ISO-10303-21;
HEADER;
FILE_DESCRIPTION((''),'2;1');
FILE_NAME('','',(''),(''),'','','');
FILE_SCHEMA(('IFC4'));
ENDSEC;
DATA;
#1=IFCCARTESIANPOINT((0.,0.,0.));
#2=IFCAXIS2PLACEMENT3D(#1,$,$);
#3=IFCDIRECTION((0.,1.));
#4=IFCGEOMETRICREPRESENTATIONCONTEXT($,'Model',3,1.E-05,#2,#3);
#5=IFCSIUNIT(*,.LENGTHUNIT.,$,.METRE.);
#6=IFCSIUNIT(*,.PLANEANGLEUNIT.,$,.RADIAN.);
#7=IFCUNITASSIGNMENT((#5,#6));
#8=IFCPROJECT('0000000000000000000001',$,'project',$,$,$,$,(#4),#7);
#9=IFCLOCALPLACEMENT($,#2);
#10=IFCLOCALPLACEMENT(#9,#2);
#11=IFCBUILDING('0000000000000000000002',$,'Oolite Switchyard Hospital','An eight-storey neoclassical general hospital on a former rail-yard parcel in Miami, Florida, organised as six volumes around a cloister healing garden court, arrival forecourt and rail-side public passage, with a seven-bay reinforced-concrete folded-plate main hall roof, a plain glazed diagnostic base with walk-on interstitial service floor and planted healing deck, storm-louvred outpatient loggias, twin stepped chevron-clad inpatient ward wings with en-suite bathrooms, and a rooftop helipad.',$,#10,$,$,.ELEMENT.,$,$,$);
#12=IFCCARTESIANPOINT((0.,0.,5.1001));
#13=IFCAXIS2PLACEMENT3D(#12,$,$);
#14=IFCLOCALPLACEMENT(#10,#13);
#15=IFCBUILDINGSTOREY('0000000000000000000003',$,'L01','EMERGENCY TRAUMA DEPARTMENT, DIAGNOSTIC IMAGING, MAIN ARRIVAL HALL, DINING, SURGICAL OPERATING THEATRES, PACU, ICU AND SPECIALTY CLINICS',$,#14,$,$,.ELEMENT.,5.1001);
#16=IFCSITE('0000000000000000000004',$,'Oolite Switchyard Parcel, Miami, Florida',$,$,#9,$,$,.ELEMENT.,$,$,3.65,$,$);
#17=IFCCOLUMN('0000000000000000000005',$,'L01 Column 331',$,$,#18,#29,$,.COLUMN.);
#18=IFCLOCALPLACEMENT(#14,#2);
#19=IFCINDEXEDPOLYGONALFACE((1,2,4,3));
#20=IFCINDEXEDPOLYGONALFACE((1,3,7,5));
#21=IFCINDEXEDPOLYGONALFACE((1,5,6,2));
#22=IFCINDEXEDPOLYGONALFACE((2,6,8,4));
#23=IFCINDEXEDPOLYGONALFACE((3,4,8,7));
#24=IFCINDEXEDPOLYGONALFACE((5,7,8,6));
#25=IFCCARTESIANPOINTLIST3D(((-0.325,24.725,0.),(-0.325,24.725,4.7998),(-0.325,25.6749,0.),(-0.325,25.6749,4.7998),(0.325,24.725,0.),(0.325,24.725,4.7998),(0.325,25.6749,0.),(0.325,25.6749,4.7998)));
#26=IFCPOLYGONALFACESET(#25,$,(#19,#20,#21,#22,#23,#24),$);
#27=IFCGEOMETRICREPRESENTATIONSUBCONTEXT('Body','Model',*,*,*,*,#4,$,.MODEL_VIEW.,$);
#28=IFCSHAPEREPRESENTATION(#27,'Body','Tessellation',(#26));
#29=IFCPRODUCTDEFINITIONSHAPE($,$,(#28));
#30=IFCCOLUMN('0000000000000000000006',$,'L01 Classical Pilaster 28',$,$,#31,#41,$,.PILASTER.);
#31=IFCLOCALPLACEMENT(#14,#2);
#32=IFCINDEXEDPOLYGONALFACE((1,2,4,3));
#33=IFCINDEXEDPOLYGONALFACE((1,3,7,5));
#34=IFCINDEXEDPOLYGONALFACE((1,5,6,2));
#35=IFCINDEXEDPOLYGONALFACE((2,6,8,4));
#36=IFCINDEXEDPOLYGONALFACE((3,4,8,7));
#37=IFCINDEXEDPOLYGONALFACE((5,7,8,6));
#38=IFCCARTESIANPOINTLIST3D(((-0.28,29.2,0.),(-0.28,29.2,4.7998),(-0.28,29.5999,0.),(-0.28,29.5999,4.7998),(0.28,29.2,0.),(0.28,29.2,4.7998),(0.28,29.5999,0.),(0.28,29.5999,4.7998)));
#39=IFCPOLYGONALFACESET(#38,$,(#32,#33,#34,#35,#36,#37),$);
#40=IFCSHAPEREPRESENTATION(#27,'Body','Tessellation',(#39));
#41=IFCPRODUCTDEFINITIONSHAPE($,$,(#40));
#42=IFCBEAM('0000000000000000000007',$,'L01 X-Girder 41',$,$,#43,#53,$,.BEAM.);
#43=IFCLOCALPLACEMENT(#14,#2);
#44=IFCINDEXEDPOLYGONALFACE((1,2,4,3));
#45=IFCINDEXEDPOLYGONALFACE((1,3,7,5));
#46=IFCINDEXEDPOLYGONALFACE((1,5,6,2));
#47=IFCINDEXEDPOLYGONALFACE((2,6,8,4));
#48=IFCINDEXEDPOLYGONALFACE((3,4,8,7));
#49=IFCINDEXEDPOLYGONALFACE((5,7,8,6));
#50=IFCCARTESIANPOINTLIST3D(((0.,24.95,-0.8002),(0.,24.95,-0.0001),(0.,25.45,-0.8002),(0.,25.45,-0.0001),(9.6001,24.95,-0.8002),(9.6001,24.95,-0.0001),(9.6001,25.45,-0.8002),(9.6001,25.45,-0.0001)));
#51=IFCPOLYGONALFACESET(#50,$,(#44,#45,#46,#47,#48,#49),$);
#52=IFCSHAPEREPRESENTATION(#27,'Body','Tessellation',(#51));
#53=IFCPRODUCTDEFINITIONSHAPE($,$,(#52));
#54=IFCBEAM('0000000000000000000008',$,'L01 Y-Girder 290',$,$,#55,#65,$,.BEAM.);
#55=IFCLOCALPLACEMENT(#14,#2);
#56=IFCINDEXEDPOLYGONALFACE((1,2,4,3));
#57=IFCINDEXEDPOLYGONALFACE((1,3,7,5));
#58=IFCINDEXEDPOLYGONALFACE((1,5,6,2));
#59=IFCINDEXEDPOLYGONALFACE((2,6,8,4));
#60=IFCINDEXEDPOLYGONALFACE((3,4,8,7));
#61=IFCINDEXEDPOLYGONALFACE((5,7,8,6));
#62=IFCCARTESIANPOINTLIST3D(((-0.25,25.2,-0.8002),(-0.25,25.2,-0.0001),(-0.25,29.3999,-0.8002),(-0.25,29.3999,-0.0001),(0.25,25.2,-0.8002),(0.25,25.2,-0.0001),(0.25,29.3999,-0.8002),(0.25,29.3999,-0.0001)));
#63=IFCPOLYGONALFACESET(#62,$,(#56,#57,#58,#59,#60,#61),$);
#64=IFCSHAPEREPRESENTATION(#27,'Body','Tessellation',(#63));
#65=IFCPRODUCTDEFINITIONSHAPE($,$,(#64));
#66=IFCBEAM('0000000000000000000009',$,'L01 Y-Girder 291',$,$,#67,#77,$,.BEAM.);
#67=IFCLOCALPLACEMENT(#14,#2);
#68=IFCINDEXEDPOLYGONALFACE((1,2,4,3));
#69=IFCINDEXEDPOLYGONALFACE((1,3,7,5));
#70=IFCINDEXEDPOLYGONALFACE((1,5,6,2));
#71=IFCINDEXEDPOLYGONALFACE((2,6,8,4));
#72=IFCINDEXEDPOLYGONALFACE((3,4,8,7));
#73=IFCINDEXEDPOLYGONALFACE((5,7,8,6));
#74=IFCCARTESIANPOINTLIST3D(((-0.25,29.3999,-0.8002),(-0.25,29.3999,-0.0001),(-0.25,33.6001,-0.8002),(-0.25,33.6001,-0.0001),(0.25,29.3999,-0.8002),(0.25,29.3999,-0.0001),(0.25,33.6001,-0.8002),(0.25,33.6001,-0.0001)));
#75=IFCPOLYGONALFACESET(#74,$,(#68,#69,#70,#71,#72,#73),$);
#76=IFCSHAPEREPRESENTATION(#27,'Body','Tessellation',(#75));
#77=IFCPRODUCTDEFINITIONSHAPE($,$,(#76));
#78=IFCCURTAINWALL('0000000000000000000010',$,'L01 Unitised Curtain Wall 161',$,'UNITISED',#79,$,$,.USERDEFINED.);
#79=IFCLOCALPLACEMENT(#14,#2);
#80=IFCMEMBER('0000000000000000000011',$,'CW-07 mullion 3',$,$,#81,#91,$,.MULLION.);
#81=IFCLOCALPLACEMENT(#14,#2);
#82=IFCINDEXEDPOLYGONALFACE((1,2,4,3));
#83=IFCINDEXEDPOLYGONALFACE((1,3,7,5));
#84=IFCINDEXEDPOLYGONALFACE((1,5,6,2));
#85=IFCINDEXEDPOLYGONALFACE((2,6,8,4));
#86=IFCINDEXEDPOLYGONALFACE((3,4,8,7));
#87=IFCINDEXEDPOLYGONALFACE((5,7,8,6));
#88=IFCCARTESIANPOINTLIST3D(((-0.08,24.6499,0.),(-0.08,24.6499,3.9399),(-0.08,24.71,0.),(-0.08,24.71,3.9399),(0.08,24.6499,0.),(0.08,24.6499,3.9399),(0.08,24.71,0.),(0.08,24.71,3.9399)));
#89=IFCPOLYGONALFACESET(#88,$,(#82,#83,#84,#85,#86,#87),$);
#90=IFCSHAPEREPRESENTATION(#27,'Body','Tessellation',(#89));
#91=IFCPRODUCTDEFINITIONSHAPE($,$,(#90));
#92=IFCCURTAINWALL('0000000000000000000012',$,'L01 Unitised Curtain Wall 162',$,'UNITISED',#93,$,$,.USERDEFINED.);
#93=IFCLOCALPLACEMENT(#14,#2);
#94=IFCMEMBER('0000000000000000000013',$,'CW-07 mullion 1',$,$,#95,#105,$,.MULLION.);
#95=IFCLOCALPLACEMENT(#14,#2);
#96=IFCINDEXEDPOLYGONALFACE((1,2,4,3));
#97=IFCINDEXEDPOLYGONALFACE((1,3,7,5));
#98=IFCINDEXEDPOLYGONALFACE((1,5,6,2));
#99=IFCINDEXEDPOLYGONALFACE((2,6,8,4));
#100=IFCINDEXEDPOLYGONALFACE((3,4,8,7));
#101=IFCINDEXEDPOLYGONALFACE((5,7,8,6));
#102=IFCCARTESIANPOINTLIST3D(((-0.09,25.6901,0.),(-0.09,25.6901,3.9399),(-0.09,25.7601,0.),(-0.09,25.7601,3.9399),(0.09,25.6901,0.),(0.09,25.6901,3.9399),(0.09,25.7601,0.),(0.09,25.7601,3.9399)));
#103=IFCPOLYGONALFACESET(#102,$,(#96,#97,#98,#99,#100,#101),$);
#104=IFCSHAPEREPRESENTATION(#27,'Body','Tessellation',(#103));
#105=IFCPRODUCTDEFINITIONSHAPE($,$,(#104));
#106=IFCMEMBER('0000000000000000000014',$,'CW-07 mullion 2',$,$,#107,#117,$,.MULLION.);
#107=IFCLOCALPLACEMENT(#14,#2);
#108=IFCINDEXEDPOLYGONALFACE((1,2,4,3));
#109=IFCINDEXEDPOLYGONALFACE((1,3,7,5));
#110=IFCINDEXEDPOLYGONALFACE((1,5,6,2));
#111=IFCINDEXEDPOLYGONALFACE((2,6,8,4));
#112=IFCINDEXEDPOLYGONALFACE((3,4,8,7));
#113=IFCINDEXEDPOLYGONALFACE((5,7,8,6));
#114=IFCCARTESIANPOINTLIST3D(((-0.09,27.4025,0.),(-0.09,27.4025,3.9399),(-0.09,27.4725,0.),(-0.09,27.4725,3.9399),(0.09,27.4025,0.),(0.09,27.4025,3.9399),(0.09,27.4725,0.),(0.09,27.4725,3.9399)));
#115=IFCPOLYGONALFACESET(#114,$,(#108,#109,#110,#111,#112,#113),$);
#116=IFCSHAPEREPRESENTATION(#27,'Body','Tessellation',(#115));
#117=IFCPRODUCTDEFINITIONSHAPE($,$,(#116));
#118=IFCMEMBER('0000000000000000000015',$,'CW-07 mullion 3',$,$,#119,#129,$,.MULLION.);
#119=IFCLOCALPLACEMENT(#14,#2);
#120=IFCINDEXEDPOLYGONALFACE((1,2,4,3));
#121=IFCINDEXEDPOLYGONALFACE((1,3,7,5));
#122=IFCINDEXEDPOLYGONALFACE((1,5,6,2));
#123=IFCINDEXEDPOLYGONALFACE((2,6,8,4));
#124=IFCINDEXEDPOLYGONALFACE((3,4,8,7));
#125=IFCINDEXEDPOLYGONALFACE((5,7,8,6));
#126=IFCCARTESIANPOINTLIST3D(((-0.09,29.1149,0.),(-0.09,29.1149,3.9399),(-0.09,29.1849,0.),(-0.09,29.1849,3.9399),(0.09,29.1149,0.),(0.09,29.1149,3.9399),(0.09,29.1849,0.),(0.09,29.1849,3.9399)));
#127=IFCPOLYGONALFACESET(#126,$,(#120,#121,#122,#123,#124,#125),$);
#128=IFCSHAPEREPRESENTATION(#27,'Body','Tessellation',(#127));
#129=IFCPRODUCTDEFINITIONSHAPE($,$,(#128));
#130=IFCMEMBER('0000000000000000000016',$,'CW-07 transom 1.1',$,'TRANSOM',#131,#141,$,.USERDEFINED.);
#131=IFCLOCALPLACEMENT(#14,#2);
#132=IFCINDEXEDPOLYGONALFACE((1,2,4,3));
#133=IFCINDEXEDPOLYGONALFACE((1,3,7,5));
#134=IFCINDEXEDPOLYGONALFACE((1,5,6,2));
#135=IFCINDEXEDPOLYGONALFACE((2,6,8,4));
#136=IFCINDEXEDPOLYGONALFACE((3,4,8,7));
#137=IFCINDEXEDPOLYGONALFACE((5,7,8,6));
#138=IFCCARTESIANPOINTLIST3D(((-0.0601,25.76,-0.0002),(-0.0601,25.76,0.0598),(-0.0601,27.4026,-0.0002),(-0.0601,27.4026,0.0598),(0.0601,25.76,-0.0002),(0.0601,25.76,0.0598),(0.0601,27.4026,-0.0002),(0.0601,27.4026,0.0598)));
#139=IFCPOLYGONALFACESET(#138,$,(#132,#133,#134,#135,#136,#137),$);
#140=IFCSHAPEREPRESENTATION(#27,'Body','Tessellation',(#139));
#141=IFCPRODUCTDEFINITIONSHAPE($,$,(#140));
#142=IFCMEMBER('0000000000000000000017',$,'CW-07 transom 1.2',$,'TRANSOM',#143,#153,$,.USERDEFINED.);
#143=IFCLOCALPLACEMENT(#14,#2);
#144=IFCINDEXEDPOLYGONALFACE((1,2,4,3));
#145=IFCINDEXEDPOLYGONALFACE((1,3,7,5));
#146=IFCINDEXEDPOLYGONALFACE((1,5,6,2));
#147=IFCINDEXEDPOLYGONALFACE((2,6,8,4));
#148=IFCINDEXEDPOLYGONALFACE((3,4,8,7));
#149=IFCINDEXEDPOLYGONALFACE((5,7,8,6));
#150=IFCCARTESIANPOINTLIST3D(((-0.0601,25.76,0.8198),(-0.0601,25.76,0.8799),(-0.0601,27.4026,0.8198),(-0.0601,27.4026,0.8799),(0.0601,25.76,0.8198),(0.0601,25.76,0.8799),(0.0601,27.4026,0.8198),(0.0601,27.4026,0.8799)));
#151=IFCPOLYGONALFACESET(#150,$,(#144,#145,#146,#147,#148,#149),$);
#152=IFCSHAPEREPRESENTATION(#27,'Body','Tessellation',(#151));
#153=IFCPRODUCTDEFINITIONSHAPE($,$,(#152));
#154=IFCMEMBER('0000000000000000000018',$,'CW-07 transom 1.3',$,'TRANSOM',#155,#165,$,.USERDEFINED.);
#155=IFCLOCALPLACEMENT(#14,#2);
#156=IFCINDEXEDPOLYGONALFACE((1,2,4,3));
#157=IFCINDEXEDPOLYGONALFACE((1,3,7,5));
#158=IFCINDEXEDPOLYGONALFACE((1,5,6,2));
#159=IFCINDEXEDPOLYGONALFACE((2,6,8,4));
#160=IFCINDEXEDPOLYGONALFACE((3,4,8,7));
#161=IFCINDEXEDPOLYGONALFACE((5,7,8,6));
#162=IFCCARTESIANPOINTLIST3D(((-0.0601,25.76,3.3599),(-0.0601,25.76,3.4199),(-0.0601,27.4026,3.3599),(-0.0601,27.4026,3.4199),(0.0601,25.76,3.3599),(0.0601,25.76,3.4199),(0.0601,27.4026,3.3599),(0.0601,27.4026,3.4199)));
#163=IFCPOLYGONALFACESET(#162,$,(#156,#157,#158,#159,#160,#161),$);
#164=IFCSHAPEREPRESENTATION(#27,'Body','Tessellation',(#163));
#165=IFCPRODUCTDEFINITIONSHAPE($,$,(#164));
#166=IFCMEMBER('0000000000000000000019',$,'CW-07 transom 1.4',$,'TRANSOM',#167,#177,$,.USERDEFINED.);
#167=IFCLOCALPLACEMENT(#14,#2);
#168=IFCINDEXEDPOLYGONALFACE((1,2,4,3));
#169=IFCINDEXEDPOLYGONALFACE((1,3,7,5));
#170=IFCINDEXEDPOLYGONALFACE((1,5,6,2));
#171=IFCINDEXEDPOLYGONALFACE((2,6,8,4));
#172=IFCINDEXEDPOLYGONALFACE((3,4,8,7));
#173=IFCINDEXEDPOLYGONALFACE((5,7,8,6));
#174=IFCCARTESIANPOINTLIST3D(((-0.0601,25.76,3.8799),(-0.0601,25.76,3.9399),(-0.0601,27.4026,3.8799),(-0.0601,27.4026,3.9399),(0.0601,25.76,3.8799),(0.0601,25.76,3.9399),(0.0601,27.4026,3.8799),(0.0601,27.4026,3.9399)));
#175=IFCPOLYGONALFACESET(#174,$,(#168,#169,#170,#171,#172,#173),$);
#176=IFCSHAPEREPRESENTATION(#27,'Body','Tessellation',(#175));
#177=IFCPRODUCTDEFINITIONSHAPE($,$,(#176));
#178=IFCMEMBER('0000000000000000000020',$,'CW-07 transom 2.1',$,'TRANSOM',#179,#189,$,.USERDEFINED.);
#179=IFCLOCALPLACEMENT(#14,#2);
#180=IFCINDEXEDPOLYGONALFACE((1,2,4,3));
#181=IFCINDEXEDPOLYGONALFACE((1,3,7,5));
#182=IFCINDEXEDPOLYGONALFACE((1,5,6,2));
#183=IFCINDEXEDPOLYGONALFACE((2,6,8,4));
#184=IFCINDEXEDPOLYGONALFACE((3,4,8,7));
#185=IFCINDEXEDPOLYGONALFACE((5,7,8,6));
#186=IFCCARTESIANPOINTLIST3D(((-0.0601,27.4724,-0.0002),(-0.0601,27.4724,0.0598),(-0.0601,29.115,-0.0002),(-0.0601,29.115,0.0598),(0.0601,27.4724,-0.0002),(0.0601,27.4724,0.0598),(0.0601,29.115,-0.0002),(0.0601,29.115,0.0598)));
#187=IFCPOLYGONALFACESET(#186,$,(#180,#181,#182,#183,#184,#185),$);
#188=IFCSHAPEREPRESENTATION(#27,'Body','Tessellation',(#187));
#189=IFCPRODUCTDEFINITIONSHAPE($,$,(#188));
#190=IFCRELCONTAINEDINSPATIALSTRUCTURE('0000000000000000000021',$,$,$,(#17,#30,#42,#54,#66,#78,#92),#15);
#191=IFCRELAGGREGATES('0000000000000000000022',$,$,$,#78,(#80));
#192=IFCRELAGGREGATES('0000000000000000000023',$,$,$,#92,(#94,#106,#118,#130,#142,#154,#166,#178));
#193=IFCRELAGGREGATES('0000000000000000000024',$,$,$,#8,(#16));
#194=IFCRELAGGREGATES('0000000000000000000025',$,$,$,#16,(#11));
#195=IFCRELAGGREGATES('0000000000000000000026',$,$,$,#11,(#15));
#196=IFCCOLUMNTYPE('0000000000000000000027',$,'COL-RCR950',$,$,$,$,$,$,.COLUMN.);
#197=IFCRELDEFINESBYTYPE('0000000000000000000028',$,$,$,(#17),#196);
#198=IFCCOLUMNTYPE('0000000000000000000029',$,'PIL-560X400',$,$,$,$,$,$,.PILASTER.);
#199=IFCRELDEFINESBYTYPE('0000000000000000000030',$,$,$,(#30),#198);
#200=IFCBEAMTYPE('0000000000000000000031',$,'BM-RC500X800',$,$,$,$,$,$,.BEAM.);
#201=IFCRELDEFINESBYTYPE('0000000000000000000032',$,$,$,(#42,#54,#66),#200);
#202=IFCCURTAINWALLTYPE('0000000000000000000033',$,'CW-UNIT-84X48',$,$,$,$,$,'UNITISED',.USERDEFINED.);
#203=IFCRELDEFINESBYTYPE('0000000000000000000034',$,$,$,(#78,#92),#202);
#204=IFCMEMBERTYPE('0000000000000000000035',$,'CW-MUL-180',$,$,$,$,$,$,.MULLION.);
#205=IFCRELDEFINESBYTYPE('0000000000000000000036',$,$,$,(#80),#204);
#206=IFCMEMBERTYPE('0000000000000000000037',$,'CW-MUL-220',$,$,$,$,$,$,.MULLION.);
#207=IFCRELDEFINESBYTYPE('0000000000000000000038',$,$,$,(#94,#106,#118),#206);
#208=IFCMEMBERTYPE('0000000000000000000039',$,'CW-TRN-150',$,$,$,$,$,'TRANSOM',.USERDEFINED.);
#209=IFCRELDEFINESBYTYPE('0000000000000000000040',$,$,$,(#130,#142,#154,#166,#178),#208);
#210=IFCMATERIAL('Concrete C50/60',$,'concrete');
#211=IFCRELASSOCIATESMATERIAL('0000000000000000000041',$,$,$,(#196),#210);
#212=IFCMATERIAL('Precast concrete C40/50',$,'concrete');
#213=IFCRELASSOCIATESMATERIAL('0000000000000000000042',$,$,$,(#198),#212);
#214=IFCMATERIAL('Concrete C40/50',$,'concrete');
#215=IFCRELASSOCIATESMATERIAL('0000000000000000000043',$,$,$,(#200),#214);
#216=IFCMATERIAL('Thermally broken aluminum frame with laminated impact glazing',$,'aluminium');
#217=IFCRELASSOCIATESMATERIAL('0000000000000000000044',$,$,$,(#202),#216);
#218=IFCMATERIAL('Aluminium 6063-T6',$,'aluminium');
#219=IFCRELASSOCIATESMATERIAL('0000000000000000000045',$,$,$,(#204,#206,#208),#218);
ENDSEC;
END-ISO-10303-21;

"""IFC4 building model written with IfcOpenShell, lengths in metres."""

from ifc_helpers import new_model, si_unit, direction, frame, origin, origin_2d, place, context, subcontext, project, spatial, rectangle, extrude, material, material_profile, profile_set, type_object, element, aggregate, save


model = new_model("IFC4")

# Units and contexts
model_context = context("Model", 3, precision=1e-05, world=origin(), true_north=direction((0.0, 1.0)))
body_context = subcontext(model_context, "Body", "Model", "MODEL_VIEW")
ifc_project = project(units=[si_unit("LENGTHUNIT", "METRE"), si_unit("PLANEANGLEUNIT", "RADIAN")], contexts=[model_context])

# Site, building, storey
site_placement = place(None, origin())
site = spatial("IfcSite", under=ifc_project, at=site_placement, Name="Oolite Switchyard Parcel, Miami, Florida", CompositionType="ELEMENT", RefElevation=3.65)
building_placement = place(site_placement, origin())
building = spatial("IfcBuilding", under=site, at=building_placement, Name="Oolite Switchyard Hospital", Description="An eight-storey neoclassical general hospital on a former rail-yard parcel in Miami, Florida, organised as six volumes around a cloister healing garden court, arrival forecourt and rail-side public passage, with a seven-bay reinforced-concrete folded-plate main hall roof, a plain glazed diagnostic base with walk-on interstitial service floor and planted healing deck, storm-louvred outpatient loggias, twin stepped chevron-clad inpatient ward wings with en-suite bathrooms, and a rooftop helipad.", CompositionType="ELEMENT")
storey_placement = place(building_placement, frame((0.0, 0.0, 5.1001)))
storey = spatial("IfcBuildingStorey", under=building, at=storey_placement, Name="L01", Description="EMERGENCY TRAUMA DEPARTMENT, DIAGNOSTIC IMAGING, MAIN ARRIVAL HALL, DINING, SURGICAL OPERATING THEATRES, PACU, ICU AND SPECIALTY CLINICS", CompositionType="ELEMENT", Elevation=5.1001)

# Columns
ifc_material_1 = material(Name="Concrete C50/60", Category="concrete")
ifc_material_profile_1 = material_profile(ifc_material_1, rectangle(XDim=0.95, YDim=0.6499, at=origin_2d()), Name="RC950X650")
ifc_profile_set_1 = profile_set([ifc_material_profile_1], Name="Concrete C50/60")
column_type_1 = type_object("IfcColumnType", Name="COL-RCR950", PredefinedType="COLUMN", material=ifc_profile_set_1)
column_1_placement = place(storey_placement, frame((0.0, 25.2, 0.0), z_axis=(0.0, 0.0, 1.0), x_axis=(0.0, 1.0, 0.0)))
element("IfcColumn", 1, at=column_1_placement, inside=storey, type_object=column_type_1, Name="L01 Column 331", PredefinedType="COLUMN", context=body_context, shape_type="SweptSolid", body=[
    extrude(rectangle(XDim=0.95, YDim=0.6499, at=origin_2d()), origin(), (0.0, 0.0, 1.0), 4.7998),
])
ifc_material_2 = material(Name="Precast concrete C40/50", Category="concrete")
ifc_material_profile_2 = material_profile(ifc_material_2, rectangle(XDim=0.5601, YDim=0.3999, at=origin_2d()), Name="PIL560X400")
ifc_profile_set_2 = profile_set([ifc_material_profile_2], Name="Precast concrete C40/50")
column_type_2 = type_object("IfcColumnType", Name="PIL-560X400", PredefinedType="PILASTER", material=ifc_profile_set_2)
column_2_placement = place(storey_placement, frame((0.0, 29.3999, 0.0), z_axis=(0.0, 0.0, 1.0), x_axis=(1.0, 0.0, 0.0)))
element("IfcColumn", 2, at=column_2_placement, inside=storey, type_object=column_type_2, Name="L01 Classical Pilaster 28", PredefinedType="PILASTER", context=body_context, shape_type="SweptSolid", body=[
    extrude(rectangle(XDim=0.5601, YDim=0.3999, at=origin_2d()), origin(), (0.0, 0.0, 1.0), 4.7998),
])

# Beams
ifc_material_3 = material(Name="Concrete C40/50", Category="concrete")
ifc_material_profile_3 = material_profile(ifc_material_3, rectangle(XDim=0.5, YDim=0.8, at=origin_2d()), Name="RCB500X800")
ifc_profile_set_3 = profile_set([ifc_material_profile_3], Name="Concrete C40/50")
beam_type = type_object("IfcBeamType", Name="BM-RC500X800", PredefinedType="BEAM", material=ifc_profile_set_3)
beam_1_placement = place(storey_placement, frame((0.0, 25.2, -0.4001), z_axis=(1.0, 0.0, 0.0), x_axis=(0.0, 1.0, 0.0)))
element("IfcBeam", 3, at=beam_1_placement, inside=storey, type_object=beam_type, Name="L01 X-Girder 41", PredefinedType="BEAM", context=body_context, shape_type="SweptSolid", body=[
    extrude(rectangle(XDim=0.5, YDim=0.8, at=origin_2d()), origin(), (0.0, 0.0, 1.0), 9.6001),
])
beam_2_placement = place(storey_placement, frame((0.0, 25.2, -0.4001), z_axis=(0.0, 1.0, 0.0), x_axis=(-1.0, 0.0, 0.0)))
element("IfcBeam", 4, at=beam_2_placement, inside=storey, type_object=beam_type, Name="L01 Y-Girder 290", PredefinedType="BEAM", context=body_context, shape_type="SweptSolid", body=[
    extrude(rectangle(XDim=0.5, YDim=0.8, at=origin_2d()), origin(), (0.0, 0.0, 1.0), 4.2),
])
beam_3_placement = place(storey_placement, frame((0.0, 29.3999, -0.4001), z_axis=(0.0, 1.0, 0.0), x_axis=(-1.0, 0.0, 0.0)))
element("IfcBeam", 5, at=beam_3_placement, inside=storey, type_object=beam_type, Name="L01 Y-Girder 291", PredefinedType="BEAM", context=body_context, shape_type="SweptSolid", body=[
    extrude(rectangle(XDim=0.5, YDim=0.8, at=origin_2d()), origin(), (0.0, 0.0, 1.0), 4.2002),
])

# Curtain wall, member
ifc_material_4 = material(Name="Thermally broken aluminum frame with laminated impact glazing", Category="aluminium")
curtain_wall_type = type_object("IfcCurtainWallType", Name="CW-UNIT-84X48", ElementType="UNITISED", PredefinedType="USERDEFINED", material=ifc_material_4)
curtain_wall_1_placement = place(storey_placement, origin())
curtain_wall_1 = element("IfcCurtainWall", 6, at=curtain_wall_1_placement, inside=storey, type_object=curtain_wall_type, Name="L01 Unitised Curtain Wall 161", ObjectType="UNITISED", PredefinedType="USERDEFINED")
ifc_material_5 = material(Name="Aluminium 6063-T6", Category="aluminium")
ifc_material_profile_4 = material_profile(ifc_material_5, rectangle(XDim=0.1599, YDim=0.0601, at=origin_2d()), Name="CWM60X160")
ifc_profile_set_4 = profile_set([ifc_material_profile_4], Name="Aluminium 6063-T6")
member_type_1 = type_object("IfcMemberType", Name="CW-MUL-180", PredefinedType="MULLION", material=ifc_profile_set_4)
member_1_placement = place(storey_placement, frame((0.0, 24.6799, 0.0), z_axis=(0.0, 0.0, 1.0), x_axis=(-1.0, 0.0, 0.0)))
member_1 = element("IfcMember", 7, at=member_1_placement, type_object=member_type_1, Name="CW-07 mullion 3", PredefinedType="MULLION", context=body_context, shape_type="SweptSolid", body=[
    extrude(rectangle(XDim=0.1599, YDim=0.0601, at=origin_2d()), origin(), (0.0, 0.0, 1.0), 3.9399),
])

# Curtain wall, members
curtain_wall_2_placement = place(storey_placement, origin())
curtain_wall_2 = element("IfcCurtainWall", 8, at=curtain_wall_2_placement, inside=storey, type_object=curtain_wall_type, Name="L01 Unitised Curtain Wall 162", ObjectType="UNITISED", PredefinedType="USERDEFINED")
ifc_material_profile_5 = material_profile(ifc_material_5, rectangle(XDim=0.1799, YDim=0.0701, at=origin_2d()), Name="CWM70X180")
ifc_profile_set_5 = profile_set([ifc_material_profile_5], Name="Aluminium 6063-T6")
member_type_2 = type_object("IfcMemberType", Name="CW-MUL-220", PredefinedType="MULLION", material=ifc_profile_set_5)
member_2_placement = place(storey_placement, frame((0.0, 25.7251, 0.0), z_axis=(0.0, 0.0, 1.0), x_axis=(-1.0, 0.0, 0.0)))
member_2 = element("IfcMember", 9, at=member_2_placement, type_object=member_type_2, Name="CW-07 mullion 1", PredefinedType="MULLION", context=body_context, shape_type="SweptSolid", body=[
    extrude(rectangle(XDim=0.1799, YDim=0.0701, at=origin_2d()), origin(), (0.0, 0.0, 1.0), 3.9399),
])
member_3_placement = place(storey_placement, frame((0.0, 27.4375, 0.0), z_axis=(0.0, 0.0, 1.0), x_axis=(-1.0, 0.0, 0.0)))
member_3 = element("IfcMember", 10, at=member_3_placement, type_object=member_type_2, Name="CW-07 mullion 2", PredefinedType="MULLION", context=body_context, shape_type="SweptSolid", body=[
    extrude(rectangle(XDim=0.1799, YDim=0.0701, at=origin_2d()), origin(), (0.0, 0.0, 1.0), 3.9399),
])
member_4_placement = place(storey_placement, frame((0.0, 29.1499, 0.0), z_axis=(0.0, 0.0, 1.0), x_axis=(-1.0, 0.0, 0.0)))
member_4 = element("IfcMember", 11, at=member_4_placement, type_object=member_type_2, Name="CW-07 mullion 3", PredefinedType="MULLION", context=body_context, shape_type="SweptSolid", body=[
    extrude(rectangle(XDim=0.1799, YDim=0.0701, at=origin_2d()), origin(), (0.0, 0.0, 1.0), 3.9399),
])
ifc_material_profile_6 = material_profile(ifc_material_5, rectangle(XDim=0.1201, YDim=0.0601, at=origin_2d()), Name="CWT60X120")
ifc_profile_set_6 = profile_set([ifc_material_profile_6], Name="Aluminium 6063-T6")
member_type_3 = type_object("IfcMemberType", Name="CW-TRN-150", ElementType="TRANSOM", PredefinedType="USERDEFINED", material=ifc_profile_set_6)
member_5_placement = place(storey_placement, frame((0.0, 25.76, 0.0298), z_axis=(0.0, 1.0, 0.0), x_axis=(-1.0, 0.0, 0.0)))
member_5 = element("IfcMember", 12, at=member_5_placement, type_object=member_type_3, Name="CW-07 transom 1.1", ObjectType="TRANSOM", PredefinedType="USERDEFINED", context=body_context, shape_type="SweptSolid", body=[
    extrude(rectangle(XDim=0.1201, YDim=0.0601, at=origin_2d()), origin(), (0.0, 0.0, 1.0), 1.6426),
])
member_6_placement = place(storey_placement, frame((0.0, 25.76, 0.8499), z_axis=(0.0, 1.0, 0.0), x_axis=(-1.0, 0.0, 0.0)))
member_6 = element("IfcMember", 13, at=member_6_placement, type_object=member_type_3, Name="CW-07 transom 1.2", ObjectType="TRANSOM", PredefinedType="USERDEFINED", context=body_context, shape_type="SweptSolid", body=[
    extrude(rectangle(XDim=0.1201, YDim=0.0601, at=origin_2d()), origin(), (0.0, 0.0, 1.0), 1.6426),
])
member_7_placement = place(storey_placement, frame((0.0, 25.76, 3.3899), z_axis=(0.0, 1.0, 0.0), x_axis=(-1.0, 0.0, 0.0)))
member_7 = element("IfcMember", 14, at=member_7_placement, type_object=member_type_3, Name="CW-07 transom 1.3", ObjectType="TRANSOM", PredefinedType="USERDEFINED", context=body_context, shape_type="SweptSolid", body=[
    extrude(rectangle(XDim=0.1201, YDim=0.0601, at=origin_2d()), origin(), (0.0, 0.0, 1.0), 1.6426),
])
member_8_placement = place(storey_placement, frame((0.0, 25.76, 3.9099), z_axis=(0.0, 1.0, 0.0), x_axis=(-1.0, 0.0, 0.0)))
member_8 = element("IfcMember", 15, at=member_8_placement, type_object=member_type_3, Name="CW-07 transom 1.4", ObjectType="TRANSOM", PredefinedType="USERDEFINED", context=body_context, shape_type="SweptSolid", body=[
    extrude(rectangle(XDim=0.1201, YDim=0.0601, at=origin_2d()), origin(), (0.0, 0.0, 1.0), 1.6426),
])
member_9_placement = place(storey_placement, frame((0.0, 27.4724, 0.0298), z_axis=(0.0, 1.0, 0.0), x_axis=(-1.0, 0.0, 0.0)))
member_9 = element("IfcMember", 16, at=member_9_placement, type_object=member_type_3, Name="CW-07 transom 2.1", ObjectType="TRANSOM", PredefinedType="USERDEFINED", context=body_context, shape_type="SweptSolid", body=[
    extrude(rectangle(XDim=0.1201, YDim=0.0601, at=origin_2d()), origin(), (0.0, 0.0, 1.0), 1.6426),
])

aggregate(curtain_wall_1, [member_1])
aggregate(curtain_wall_2, [member_2, member_3, member_4, member_5, member_6, member_7, member_8, member_9])

save(model, "model.ifc")
